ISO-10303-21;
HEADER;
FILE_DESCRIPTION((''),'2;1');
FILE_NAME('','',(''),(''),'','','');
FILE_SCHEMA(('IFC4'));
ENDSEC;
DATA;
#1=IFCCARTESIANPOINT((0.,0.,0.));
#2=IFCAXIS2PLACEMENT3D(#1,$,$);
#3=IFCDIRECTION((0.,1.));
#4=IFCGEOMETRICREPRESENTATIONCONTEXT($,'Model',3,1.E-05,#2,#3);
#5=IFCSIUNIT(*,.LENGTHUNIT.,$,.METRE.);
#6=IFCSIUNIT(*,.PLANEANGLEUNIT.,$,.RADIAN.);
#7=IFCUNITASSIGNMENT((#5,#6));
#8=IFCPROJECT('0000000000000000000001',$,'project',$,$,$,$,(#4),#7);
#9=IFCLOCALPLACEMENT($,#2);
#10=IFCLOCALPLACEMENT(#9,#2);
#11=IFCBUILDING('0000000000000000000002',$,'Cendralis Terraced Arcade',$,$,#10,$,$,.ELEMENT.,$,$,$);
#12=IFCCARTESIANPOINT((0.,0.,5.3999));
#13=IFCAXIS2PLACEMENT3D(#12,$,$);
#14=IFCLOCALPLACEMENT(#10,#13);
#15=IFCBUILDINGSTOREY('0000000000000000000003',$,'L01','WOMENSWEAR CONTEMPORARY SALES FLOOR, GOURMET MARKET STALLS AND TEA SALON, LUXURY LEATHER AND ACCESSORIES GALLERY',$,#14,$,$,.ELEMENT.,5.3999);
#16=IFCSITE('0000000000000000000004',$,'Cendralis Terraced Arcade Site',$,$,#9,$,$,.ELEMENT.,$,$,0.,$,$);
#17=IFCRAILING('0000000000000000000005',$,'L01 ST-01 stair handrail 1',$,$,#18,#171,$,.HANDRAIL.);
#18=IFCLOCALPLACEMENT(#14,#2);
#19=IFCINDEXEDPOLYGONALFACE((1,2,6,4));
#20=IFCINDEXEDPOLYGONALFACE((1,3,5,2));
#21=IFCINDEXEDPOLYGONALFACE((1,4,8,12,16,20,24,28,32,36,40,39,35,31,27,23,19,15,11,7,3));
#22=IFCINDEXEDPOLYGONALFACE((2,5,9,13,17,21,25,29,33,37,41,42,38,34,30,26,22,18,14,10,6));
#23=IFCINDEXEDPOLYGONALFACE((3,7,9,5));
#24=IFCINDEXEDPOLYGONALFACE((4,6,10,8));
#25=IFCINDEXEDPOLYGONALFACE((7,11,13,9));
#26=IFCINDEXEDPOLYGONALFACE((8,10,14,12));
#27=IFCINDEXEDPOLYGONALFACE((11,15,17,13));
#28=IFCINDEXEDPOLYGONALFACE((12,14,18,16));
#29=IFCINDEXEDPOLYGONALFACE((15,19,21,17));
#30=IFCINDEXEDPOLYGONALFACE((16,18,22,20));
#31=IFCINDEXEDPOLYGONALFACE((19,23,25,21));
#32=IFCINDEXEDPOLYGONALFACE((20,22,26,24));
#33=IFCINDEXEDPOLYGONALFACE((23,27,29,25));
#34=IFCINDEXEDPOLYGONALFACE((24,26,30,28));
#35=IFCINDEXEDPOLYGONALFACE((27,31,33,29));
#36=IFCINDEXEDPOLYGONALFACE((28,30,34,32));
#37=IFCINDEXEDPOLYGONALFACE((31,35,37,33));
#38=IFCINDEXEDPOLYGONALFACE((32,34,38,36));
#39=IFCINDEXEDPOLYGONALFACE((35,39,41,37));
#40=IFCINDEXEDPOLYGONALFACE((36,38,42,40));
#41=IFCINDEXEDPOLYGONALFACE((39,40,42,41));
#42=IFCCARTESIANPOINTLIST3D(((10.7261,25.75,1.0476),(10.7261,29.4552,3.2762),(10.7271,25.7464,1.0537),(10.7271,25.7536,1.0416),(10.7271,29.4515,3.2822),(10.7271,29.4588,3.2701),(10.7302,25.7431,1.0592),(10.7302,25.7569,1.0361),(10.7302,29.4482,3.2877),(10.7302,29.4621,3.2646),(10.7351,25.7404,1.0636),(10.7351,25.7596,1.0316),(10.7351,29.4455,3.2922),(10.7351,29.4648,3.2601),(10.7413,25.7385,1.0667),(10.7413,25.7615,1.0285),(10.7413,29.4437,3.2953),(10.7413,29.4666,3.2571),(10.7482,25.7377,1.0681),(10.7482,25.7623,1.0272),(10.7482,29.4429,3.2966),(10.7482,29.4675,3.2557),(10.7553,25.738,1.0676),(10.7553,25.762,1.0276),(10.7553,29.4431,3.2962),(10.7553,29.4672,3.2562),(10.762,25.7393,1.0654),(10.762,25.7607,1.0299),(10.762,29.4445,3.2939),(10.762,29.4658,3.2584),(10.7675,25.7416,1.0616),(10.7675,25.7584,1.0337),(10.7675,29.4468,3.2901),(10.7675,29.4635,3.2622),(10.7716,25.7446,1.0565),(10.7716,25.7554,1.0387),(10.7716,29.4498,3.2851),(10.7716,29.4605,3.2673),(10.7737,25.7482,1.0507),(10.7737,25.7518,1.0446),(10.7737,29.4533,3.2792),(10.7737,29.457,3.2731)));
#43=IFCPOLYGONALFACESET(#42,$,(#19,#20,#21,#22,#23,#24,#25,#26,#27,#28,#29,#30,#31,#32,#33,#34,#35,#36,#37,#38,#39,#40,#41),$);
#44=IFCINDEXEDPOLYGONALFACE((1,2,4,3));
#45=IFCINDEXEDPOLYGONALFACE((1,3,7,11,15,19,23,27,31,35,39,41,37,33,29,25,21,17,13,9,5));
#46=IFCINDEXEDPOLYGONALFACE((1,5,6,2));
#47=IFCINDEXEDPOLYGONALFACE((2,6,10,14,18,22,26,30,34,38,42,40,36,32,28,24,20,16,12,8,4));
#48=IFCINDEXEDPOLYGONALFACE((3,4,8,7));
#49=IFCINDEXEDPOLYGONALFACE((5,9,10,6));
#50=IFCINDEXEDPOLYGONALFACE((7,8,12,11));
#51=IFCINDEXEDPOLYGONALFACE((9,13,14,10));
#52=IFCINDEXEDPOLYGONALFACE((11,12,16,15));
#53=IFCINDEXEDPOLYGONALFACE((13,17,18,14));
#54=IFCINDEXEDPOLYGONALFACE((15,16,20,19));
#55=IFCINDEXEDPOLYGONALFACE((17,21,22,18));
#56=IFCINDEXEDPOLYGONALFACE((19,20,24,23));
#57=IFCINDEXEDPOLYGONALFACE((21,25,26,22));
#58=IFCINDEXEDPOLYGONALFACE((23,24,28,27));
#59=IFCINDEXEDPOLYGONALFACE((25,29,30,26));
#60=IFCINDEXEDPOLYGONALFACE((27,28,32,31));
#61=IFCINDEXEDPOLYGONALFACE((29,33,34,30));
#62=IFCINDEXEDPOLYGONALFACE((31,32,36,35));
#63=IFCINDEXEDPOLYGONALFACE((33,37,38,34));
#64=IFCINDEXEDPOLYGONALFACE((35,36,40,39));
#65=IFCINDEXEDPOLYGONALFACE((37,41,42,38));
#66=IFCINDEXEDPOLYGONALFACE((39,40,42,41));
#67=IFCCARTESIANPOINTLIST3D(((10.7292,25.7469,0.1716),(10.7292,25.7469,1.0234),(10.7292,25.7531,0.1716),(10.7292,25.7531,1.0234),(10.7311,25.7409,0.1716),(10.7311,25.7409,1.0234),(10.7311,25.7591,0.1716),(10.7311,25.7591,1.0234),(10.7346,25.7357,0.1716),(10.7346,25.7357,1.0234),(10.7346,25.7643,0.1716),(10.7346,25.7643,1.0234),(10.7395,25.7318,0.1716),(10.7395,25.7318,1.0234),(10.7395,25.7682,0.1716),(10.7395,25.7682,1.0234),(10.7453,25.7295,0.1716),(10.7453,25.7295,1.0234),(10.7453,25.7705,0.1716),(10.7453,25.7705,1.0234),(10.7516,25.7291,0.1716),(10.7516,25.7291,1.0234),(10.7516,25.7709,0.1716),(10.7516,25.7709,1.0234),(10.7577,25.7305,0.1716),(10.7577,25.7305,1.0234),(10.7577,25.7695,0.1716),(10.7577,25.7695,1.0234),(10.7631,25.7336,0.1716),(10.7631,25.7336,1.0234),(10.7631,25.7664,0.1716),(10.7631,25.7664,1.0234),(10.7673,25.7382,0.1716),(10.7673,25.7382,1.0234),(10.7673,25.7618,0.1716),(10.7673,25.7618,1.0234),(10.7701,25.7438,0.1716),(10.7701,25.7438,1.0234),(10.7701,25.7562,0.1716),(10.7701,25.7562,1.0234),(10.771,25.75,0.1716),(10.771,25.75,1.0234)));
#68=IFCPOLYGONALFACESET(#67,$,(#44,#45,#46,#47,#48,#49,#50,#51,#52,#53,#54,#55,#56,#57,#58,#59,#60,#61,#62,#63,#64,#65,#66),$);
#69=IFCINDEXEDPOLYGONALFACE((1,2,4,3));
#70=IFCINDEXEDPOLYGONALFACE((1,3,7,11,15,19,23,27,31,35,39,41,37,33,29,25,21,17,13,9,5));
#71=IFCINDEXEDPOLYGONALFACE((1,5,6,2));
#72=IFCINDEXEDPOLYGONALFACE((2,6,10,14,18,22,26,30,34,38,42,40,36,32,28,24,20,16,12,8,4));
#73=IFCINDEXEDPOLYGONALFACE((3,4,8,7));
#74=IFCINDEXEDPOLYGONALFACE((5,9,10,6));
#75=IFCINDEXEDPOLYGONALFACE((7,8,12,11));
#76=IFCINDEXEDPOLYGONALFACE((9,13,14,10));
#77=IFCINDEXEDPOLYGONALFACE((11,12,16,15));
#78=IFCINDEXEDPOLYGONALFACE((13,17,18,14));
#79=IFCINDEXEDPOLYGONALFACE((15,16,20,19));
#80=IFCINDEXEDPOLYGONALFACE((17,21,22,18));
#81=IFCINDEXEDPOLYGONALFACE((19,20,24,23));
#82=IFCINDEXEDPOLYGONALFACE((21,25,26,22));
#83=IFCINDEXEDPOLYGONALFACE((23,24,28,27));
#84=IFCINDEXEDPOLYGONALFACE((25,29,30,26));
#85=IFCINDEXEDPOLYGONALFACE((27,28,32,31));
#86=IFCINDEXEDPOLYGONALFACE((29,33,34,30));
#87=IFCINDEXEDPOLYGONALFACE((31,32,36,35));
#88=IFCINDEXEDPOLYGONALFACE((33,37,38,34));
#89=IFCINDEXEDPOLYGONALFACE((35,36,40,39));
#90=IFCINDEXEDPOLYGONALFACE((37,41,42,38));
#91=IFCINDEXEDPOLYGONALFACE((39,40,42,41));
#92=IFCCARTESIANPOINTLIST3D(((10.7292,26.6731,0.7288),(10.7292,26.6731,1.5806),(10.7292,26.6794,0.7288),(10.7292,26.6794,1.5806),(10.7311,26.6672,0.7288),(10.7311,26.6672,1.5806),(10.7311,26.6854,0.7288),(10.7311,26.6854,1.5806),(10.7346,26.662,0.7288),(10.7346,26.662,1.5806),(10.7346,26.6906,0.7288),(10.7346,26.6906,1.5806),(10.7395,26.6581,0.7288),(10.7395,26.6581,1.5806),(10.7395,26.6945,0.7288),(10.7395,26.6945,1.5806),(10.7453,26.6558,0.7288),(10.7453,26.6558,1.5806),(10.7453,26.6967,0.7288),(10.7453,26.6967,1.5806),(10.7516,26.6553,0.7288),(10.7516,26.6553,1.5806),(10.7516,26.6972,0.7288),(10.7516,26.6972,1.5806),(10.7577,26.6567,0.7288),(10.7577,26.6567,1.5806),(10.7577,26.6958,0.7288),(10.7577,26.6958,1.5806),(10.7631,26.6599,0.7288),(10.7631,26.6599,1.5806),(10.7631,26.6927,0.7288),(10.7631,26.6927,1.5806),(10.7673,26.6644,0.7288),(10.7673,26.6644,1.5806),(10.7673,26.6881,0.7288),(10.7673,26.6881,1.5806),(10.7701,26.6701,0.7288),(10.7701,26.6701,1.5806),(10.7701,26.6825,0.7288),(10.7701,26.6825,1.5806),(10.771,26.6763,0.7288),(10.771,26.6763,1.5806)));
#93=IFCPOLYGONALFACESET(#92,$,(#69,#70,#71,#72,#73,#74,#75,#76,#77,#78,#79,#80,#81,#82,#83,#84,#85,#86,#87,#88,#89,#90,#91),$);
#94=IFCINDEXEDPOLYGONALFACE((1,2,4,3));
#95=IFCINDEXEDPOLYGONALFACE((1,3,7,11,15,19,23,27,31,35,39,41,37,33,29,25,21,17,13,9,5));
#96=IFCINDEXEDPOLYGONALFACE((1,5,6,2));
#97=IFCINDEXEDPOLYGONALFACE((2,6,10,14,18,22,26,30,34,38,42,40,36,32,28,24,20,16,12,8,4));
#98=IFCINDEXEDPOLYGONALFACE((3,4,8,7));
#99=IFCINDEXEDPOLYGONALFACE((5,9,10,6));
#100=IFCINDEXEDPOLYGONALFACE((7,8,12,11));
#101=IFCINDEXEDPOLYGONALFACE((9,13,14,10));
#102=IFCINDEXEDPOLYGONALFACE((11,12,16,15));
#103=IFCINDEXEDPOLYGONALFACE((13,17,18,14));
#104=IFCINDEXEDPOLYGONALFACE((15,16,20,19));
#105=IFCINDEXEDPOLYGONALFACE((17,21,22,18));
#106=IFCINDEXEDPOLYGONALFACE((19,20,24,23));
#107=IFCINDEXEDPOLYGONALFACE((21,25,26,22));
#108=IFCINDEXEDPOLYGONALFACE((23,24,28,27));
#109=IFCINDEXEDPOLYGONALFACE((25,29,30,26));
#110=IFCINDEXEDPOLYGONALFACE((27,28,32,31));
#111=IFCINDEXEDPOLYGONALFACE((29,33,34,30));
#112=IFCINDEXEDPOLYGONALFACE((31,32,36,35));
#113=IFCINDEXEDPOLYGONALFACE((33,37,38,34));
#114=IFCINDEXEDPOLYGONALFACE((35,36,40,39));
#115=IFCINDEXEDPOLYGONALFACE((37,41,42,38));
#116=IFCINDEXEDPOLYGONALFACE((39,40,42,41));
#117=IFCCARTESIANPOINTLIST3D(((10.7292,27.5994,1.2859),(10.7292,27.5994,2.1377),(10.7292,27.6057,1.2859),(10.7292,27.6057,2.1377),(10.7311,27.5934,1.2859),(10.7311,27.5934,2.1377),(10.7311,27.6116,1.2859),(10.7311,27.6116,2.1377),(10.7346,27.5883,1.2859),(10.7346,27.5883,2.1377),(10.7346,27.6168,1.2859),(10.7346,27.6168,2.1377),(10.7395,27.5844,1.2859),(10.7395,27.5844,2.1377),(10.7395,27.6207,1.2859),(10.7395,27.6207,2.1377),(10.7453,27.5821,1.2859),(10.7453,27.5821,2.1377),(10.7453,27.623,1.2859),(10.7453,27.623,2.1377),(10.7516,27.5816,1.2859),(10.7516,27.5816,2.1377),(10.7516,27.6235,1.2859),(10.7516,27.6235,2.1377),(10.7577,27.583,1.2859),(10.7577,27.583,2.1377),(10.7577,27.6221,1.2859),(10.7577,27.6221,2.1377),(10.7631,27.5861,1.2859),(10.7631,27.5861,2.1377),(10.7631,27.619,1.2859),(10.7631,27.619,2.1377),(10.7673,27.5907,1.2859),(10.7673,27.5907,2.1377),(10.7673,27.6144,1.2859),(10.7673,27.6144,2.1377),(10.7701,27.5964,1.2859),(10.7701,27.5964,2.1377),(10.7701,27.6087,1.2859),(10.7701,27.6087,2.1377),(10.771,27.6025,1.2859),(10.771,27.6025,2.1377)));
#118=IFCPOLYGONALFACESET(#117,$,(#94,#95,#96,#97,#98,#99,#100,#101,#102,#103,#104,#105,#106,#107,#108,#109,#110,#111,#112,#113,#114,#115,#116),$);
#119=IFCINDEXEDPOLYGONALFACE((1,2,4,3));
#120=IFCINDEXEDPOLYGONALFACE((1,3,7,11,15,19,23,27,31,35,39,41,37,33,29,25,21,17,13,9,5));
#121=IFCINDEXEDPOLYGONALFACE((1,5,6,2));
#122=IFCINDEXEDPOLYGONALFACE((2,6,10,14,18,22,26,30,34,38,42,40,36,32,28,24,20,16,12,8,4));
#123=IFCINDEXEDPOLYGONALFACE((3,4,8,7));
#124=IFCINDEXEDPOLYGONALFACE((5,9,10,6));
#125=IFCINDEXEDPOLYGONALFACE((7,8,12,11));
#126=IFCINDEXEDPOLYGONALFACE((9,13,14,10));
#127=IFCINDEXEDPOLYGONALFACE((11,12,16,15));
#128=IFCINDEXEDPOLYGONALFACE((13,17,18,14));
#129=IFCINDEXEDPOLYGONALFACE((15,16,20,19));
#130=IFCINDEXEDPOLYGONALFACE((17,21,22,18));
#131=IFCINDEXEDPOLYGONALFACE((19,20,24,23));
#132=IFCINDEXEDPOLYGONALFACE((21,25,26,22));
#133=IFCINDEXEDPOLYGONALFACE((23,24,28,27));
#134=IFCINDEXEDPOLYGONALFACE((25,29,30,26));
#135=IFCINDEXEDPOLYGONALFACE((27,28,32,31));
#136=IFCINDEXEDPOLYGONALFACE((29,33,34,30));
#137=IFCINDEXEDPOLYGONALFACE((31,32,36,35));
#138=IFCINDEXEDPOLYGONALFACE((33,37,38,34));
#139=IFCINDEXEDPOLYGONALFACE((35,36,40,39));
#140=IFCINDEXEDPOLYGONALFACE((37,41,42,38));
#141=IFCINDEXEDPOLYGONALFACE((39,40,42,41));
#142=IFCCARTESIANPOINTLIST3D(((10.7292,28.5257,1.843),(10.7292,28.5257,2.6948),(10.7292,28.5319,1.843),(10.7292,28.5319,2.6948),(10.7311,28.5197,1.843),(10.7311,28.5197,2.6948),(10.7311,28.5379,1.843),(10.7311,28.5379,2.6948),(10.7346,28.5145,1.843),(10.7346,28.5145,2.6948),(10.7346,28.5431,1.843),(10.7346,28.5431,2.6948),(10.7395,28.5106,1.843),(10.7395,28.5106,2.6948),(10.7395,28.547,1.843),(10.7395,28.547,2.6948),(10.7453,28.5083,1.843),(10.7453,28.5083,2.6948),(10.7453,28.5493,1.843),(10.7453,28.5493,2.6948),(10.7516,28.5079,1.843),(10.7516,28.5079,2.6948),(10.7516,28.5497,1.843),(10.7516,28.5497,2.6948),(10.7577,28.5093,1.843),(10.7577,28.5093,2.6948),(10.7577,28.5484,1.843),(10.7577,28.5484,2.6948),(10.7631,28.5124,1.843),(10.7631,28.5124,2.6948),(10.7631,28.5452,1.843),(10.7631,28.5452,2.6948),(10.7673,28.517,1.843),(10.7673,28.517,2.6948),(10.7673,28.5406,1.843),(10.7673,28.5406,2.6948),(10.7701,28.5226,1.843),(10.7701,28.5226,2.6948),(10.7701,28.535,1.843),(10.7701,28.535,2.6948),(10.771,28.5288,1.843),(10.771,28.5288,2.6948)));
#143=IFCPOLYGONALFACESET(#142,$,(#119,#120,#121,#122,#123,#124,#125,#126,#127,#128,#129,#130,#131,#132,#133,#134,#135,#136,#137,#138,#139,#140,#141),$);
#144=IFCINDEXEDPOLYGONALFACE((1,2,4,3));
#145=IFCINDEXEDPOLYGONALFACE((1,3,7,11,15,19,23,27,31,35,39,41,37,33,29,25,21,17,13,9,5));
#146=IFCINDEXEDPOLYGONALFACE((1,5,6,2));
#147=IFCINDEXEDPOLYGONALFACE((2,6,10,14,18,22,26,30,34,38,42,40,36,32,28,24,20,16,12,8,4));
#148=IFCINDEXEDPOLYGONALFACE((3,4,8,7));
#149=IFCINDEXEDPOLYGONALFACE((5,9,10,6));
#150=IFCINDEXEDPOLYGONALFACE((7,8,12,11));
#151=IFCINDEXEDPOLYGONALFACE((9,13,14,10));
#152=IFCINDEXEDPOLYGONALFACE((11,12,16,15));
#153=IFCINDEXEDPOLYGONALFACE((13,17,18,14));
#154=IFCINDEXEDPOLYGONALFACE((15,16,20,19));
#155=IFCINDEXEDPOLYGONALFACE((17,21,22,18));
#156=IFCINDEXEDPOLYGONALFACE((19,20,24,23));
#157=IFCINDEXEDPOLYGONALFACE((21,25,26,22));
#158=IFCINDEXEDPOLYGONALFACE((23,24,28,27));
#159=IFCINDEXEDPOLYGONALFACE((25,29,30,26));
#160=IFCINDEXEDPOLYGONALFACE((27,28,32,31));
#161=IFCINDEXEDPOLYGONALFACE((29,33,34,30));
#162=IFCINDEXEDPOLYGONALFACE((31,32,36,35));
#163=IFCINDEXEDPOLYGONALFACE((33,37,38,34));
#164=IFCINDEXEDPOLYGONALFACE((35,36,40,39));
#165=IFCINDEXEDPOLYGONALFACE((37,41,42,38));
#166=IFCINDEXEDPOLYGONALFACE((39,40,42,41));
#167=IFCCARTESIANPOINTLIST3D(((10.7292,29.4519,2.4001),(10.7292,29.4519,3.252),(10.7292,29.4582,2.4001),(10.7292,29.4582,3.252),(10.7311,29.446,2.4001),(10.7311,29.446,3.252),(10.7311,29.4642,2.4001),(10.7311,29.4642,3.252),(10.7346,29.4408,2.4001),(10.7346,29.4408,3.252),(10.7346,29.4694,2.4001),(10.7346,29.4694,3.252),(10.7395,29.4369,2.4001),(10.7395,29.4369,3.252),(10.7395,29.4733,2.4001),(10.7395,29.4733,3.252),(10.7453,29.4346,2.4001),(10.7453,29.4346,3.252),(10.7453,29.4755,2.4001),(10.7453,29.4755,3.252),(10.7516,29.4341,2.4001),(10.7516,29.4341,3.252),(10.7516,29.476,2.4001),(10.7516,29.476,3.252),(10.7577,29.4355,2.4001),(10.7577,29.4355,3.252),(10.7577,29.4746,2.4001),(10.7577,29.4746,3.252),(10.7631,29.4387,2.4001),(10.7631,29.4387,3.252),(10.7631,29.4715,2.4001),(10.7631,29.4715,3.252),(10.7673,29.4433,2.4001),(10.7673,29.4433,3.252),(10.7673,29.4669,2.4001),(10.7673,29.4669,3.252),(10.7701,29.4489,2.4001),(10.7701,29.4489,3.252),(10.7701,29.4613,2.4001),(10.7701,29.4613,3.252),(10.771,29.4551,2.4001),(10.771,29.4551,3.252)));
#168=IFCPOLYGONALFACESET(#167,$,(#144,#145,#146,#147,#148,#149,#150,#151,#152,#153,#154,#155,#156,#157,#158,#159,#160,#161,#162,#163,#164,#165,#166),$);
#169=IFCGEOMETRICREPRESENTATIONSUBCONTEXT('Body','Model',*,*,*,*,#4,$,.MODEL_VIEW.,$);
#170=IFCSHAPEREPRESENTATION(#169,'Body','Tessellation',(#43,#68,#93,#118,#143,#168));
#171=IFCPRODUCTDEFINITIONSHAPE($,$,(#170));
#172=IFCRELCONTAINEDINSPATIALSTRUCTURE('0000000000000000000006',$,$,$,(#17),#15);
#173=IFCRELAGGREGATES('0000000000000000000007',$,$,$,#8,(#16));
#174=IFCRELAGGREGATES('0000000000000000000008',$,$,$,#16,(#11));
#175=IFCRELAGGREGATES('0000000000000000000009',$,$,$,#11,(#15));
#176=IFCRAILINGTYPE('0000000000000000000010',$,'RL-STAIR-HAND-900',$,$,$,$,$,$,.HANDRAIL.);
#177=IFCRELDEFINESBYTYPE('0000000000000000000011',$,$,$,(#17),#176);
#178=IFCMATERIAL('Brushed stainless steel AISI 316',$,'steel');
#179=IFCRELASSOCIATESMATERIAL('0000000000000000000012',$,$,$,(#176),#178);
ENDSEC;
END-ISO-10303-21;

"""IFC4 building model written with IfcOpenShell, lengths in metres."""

from ifc_helpers import new_model, si_unit, direction, frame, origin, origin_2d, place, context, subcontext, project, spatial, circle, extrude, material, type_object, element, save


model = new_model("IFC4")

# Units and contexts
model_context = context("Model", 3, precision=1e-05, world=origin(), true_north=direction((0.0, 1.0)))
body_context = subcontext(model_context, "Body", "Model", "MODEL_VIEW")
ifc_project = project(units=[si_unit("LENGTHUNIT", "METRE"), si_unit("PLANEANGLEUNIT", "RADIAN")], contexts=[model_context])

# Site, building, storey
site_placement = place(None, origin())
site = spatial("IfcSite", under=ifc_project, at=site_placement, Name="Cendralis Terraced Arcade Site", CompositionType="ELEMENT", RefElevation=0.0)
building_placement = place(site_placement, origin())
building = spatial("IfcBuilding", under=site, at=building_placement, Name="Cendralis Terraced Arcade", CompositionType="ELEMENT")
storey_placement = place(building_placement, frame((0.0, 0.0, 5.3999)))
storey = spatial("IfcBuildingStorey", under=building, at=storey_placement, Name="L01", Description="WOMENSWEAR CONTEMPORARY SALES FLOOR, GOURMET MARKET STALLS AND TEA SALON, LUXURY LEATHER AND ACCESSORIES GALLERY", CompositionType="ELEMENT", Elevation=5.3999)

# Railing
ifc_material_1 = material(Name="Brushed stainless steel AISI 316", Category="steel")
railing_type_1 = type_object("IfcRailingType", Name="RL-STAIR-HAND-900", PredefinedType="HANDRAIL", material=ifc_material_1)
railing_1_placement = place(storey_placement, frame((10.75, 25.75, 0.1716)))
element("IfcRailing", 1, at=railing_1_placement, inside=storey, type_object=railing_type_1, Name="L01 ST-01 stair handrail 1", PredefinedType="HANDRAIL", context=body_context, shape_type="SweptSolid", body=[
    extrude(circle(Radius=0.0239, at=origin_2d()), frame((0.0, 0.0, 0.876), z_axis=(0.0, 0.856934, 0.515425), x_axis=(-1.0, 0.0, 0.0)), (0.0, 0.0, 1.0), 4.3237),
    extrude(circle(Radius=0.021, at=origin_2d()), origin(), (0.0, 0.0, 1.0), 0.8518),
    extrude(circle(Radius=0.021, at=origin_2d()), frame((0.0, 0.9263, 0.5571)), (0.0, 0.0, 1.0), 0.8518),
    extrude(circle(Radius=0.021, at=origin_2d()), frame((0.0, 1.8525, 1.1143)), (0.0, 0.0, 1.0), 0.8518),
    extrude(circle(Radius=0.021, at=origin_2d()), frame((0.0, 2.7788, 1.6714)), (0.0, 0.0, 1.0), 0.8518),
    extrude(circle(Radius=0.021, at=origin_2d()), frame((0.0, 3.7051, 2.2285)), (0.0, 0.0, 1.0), 0.8518),
])

save(model, "model.ifc")
